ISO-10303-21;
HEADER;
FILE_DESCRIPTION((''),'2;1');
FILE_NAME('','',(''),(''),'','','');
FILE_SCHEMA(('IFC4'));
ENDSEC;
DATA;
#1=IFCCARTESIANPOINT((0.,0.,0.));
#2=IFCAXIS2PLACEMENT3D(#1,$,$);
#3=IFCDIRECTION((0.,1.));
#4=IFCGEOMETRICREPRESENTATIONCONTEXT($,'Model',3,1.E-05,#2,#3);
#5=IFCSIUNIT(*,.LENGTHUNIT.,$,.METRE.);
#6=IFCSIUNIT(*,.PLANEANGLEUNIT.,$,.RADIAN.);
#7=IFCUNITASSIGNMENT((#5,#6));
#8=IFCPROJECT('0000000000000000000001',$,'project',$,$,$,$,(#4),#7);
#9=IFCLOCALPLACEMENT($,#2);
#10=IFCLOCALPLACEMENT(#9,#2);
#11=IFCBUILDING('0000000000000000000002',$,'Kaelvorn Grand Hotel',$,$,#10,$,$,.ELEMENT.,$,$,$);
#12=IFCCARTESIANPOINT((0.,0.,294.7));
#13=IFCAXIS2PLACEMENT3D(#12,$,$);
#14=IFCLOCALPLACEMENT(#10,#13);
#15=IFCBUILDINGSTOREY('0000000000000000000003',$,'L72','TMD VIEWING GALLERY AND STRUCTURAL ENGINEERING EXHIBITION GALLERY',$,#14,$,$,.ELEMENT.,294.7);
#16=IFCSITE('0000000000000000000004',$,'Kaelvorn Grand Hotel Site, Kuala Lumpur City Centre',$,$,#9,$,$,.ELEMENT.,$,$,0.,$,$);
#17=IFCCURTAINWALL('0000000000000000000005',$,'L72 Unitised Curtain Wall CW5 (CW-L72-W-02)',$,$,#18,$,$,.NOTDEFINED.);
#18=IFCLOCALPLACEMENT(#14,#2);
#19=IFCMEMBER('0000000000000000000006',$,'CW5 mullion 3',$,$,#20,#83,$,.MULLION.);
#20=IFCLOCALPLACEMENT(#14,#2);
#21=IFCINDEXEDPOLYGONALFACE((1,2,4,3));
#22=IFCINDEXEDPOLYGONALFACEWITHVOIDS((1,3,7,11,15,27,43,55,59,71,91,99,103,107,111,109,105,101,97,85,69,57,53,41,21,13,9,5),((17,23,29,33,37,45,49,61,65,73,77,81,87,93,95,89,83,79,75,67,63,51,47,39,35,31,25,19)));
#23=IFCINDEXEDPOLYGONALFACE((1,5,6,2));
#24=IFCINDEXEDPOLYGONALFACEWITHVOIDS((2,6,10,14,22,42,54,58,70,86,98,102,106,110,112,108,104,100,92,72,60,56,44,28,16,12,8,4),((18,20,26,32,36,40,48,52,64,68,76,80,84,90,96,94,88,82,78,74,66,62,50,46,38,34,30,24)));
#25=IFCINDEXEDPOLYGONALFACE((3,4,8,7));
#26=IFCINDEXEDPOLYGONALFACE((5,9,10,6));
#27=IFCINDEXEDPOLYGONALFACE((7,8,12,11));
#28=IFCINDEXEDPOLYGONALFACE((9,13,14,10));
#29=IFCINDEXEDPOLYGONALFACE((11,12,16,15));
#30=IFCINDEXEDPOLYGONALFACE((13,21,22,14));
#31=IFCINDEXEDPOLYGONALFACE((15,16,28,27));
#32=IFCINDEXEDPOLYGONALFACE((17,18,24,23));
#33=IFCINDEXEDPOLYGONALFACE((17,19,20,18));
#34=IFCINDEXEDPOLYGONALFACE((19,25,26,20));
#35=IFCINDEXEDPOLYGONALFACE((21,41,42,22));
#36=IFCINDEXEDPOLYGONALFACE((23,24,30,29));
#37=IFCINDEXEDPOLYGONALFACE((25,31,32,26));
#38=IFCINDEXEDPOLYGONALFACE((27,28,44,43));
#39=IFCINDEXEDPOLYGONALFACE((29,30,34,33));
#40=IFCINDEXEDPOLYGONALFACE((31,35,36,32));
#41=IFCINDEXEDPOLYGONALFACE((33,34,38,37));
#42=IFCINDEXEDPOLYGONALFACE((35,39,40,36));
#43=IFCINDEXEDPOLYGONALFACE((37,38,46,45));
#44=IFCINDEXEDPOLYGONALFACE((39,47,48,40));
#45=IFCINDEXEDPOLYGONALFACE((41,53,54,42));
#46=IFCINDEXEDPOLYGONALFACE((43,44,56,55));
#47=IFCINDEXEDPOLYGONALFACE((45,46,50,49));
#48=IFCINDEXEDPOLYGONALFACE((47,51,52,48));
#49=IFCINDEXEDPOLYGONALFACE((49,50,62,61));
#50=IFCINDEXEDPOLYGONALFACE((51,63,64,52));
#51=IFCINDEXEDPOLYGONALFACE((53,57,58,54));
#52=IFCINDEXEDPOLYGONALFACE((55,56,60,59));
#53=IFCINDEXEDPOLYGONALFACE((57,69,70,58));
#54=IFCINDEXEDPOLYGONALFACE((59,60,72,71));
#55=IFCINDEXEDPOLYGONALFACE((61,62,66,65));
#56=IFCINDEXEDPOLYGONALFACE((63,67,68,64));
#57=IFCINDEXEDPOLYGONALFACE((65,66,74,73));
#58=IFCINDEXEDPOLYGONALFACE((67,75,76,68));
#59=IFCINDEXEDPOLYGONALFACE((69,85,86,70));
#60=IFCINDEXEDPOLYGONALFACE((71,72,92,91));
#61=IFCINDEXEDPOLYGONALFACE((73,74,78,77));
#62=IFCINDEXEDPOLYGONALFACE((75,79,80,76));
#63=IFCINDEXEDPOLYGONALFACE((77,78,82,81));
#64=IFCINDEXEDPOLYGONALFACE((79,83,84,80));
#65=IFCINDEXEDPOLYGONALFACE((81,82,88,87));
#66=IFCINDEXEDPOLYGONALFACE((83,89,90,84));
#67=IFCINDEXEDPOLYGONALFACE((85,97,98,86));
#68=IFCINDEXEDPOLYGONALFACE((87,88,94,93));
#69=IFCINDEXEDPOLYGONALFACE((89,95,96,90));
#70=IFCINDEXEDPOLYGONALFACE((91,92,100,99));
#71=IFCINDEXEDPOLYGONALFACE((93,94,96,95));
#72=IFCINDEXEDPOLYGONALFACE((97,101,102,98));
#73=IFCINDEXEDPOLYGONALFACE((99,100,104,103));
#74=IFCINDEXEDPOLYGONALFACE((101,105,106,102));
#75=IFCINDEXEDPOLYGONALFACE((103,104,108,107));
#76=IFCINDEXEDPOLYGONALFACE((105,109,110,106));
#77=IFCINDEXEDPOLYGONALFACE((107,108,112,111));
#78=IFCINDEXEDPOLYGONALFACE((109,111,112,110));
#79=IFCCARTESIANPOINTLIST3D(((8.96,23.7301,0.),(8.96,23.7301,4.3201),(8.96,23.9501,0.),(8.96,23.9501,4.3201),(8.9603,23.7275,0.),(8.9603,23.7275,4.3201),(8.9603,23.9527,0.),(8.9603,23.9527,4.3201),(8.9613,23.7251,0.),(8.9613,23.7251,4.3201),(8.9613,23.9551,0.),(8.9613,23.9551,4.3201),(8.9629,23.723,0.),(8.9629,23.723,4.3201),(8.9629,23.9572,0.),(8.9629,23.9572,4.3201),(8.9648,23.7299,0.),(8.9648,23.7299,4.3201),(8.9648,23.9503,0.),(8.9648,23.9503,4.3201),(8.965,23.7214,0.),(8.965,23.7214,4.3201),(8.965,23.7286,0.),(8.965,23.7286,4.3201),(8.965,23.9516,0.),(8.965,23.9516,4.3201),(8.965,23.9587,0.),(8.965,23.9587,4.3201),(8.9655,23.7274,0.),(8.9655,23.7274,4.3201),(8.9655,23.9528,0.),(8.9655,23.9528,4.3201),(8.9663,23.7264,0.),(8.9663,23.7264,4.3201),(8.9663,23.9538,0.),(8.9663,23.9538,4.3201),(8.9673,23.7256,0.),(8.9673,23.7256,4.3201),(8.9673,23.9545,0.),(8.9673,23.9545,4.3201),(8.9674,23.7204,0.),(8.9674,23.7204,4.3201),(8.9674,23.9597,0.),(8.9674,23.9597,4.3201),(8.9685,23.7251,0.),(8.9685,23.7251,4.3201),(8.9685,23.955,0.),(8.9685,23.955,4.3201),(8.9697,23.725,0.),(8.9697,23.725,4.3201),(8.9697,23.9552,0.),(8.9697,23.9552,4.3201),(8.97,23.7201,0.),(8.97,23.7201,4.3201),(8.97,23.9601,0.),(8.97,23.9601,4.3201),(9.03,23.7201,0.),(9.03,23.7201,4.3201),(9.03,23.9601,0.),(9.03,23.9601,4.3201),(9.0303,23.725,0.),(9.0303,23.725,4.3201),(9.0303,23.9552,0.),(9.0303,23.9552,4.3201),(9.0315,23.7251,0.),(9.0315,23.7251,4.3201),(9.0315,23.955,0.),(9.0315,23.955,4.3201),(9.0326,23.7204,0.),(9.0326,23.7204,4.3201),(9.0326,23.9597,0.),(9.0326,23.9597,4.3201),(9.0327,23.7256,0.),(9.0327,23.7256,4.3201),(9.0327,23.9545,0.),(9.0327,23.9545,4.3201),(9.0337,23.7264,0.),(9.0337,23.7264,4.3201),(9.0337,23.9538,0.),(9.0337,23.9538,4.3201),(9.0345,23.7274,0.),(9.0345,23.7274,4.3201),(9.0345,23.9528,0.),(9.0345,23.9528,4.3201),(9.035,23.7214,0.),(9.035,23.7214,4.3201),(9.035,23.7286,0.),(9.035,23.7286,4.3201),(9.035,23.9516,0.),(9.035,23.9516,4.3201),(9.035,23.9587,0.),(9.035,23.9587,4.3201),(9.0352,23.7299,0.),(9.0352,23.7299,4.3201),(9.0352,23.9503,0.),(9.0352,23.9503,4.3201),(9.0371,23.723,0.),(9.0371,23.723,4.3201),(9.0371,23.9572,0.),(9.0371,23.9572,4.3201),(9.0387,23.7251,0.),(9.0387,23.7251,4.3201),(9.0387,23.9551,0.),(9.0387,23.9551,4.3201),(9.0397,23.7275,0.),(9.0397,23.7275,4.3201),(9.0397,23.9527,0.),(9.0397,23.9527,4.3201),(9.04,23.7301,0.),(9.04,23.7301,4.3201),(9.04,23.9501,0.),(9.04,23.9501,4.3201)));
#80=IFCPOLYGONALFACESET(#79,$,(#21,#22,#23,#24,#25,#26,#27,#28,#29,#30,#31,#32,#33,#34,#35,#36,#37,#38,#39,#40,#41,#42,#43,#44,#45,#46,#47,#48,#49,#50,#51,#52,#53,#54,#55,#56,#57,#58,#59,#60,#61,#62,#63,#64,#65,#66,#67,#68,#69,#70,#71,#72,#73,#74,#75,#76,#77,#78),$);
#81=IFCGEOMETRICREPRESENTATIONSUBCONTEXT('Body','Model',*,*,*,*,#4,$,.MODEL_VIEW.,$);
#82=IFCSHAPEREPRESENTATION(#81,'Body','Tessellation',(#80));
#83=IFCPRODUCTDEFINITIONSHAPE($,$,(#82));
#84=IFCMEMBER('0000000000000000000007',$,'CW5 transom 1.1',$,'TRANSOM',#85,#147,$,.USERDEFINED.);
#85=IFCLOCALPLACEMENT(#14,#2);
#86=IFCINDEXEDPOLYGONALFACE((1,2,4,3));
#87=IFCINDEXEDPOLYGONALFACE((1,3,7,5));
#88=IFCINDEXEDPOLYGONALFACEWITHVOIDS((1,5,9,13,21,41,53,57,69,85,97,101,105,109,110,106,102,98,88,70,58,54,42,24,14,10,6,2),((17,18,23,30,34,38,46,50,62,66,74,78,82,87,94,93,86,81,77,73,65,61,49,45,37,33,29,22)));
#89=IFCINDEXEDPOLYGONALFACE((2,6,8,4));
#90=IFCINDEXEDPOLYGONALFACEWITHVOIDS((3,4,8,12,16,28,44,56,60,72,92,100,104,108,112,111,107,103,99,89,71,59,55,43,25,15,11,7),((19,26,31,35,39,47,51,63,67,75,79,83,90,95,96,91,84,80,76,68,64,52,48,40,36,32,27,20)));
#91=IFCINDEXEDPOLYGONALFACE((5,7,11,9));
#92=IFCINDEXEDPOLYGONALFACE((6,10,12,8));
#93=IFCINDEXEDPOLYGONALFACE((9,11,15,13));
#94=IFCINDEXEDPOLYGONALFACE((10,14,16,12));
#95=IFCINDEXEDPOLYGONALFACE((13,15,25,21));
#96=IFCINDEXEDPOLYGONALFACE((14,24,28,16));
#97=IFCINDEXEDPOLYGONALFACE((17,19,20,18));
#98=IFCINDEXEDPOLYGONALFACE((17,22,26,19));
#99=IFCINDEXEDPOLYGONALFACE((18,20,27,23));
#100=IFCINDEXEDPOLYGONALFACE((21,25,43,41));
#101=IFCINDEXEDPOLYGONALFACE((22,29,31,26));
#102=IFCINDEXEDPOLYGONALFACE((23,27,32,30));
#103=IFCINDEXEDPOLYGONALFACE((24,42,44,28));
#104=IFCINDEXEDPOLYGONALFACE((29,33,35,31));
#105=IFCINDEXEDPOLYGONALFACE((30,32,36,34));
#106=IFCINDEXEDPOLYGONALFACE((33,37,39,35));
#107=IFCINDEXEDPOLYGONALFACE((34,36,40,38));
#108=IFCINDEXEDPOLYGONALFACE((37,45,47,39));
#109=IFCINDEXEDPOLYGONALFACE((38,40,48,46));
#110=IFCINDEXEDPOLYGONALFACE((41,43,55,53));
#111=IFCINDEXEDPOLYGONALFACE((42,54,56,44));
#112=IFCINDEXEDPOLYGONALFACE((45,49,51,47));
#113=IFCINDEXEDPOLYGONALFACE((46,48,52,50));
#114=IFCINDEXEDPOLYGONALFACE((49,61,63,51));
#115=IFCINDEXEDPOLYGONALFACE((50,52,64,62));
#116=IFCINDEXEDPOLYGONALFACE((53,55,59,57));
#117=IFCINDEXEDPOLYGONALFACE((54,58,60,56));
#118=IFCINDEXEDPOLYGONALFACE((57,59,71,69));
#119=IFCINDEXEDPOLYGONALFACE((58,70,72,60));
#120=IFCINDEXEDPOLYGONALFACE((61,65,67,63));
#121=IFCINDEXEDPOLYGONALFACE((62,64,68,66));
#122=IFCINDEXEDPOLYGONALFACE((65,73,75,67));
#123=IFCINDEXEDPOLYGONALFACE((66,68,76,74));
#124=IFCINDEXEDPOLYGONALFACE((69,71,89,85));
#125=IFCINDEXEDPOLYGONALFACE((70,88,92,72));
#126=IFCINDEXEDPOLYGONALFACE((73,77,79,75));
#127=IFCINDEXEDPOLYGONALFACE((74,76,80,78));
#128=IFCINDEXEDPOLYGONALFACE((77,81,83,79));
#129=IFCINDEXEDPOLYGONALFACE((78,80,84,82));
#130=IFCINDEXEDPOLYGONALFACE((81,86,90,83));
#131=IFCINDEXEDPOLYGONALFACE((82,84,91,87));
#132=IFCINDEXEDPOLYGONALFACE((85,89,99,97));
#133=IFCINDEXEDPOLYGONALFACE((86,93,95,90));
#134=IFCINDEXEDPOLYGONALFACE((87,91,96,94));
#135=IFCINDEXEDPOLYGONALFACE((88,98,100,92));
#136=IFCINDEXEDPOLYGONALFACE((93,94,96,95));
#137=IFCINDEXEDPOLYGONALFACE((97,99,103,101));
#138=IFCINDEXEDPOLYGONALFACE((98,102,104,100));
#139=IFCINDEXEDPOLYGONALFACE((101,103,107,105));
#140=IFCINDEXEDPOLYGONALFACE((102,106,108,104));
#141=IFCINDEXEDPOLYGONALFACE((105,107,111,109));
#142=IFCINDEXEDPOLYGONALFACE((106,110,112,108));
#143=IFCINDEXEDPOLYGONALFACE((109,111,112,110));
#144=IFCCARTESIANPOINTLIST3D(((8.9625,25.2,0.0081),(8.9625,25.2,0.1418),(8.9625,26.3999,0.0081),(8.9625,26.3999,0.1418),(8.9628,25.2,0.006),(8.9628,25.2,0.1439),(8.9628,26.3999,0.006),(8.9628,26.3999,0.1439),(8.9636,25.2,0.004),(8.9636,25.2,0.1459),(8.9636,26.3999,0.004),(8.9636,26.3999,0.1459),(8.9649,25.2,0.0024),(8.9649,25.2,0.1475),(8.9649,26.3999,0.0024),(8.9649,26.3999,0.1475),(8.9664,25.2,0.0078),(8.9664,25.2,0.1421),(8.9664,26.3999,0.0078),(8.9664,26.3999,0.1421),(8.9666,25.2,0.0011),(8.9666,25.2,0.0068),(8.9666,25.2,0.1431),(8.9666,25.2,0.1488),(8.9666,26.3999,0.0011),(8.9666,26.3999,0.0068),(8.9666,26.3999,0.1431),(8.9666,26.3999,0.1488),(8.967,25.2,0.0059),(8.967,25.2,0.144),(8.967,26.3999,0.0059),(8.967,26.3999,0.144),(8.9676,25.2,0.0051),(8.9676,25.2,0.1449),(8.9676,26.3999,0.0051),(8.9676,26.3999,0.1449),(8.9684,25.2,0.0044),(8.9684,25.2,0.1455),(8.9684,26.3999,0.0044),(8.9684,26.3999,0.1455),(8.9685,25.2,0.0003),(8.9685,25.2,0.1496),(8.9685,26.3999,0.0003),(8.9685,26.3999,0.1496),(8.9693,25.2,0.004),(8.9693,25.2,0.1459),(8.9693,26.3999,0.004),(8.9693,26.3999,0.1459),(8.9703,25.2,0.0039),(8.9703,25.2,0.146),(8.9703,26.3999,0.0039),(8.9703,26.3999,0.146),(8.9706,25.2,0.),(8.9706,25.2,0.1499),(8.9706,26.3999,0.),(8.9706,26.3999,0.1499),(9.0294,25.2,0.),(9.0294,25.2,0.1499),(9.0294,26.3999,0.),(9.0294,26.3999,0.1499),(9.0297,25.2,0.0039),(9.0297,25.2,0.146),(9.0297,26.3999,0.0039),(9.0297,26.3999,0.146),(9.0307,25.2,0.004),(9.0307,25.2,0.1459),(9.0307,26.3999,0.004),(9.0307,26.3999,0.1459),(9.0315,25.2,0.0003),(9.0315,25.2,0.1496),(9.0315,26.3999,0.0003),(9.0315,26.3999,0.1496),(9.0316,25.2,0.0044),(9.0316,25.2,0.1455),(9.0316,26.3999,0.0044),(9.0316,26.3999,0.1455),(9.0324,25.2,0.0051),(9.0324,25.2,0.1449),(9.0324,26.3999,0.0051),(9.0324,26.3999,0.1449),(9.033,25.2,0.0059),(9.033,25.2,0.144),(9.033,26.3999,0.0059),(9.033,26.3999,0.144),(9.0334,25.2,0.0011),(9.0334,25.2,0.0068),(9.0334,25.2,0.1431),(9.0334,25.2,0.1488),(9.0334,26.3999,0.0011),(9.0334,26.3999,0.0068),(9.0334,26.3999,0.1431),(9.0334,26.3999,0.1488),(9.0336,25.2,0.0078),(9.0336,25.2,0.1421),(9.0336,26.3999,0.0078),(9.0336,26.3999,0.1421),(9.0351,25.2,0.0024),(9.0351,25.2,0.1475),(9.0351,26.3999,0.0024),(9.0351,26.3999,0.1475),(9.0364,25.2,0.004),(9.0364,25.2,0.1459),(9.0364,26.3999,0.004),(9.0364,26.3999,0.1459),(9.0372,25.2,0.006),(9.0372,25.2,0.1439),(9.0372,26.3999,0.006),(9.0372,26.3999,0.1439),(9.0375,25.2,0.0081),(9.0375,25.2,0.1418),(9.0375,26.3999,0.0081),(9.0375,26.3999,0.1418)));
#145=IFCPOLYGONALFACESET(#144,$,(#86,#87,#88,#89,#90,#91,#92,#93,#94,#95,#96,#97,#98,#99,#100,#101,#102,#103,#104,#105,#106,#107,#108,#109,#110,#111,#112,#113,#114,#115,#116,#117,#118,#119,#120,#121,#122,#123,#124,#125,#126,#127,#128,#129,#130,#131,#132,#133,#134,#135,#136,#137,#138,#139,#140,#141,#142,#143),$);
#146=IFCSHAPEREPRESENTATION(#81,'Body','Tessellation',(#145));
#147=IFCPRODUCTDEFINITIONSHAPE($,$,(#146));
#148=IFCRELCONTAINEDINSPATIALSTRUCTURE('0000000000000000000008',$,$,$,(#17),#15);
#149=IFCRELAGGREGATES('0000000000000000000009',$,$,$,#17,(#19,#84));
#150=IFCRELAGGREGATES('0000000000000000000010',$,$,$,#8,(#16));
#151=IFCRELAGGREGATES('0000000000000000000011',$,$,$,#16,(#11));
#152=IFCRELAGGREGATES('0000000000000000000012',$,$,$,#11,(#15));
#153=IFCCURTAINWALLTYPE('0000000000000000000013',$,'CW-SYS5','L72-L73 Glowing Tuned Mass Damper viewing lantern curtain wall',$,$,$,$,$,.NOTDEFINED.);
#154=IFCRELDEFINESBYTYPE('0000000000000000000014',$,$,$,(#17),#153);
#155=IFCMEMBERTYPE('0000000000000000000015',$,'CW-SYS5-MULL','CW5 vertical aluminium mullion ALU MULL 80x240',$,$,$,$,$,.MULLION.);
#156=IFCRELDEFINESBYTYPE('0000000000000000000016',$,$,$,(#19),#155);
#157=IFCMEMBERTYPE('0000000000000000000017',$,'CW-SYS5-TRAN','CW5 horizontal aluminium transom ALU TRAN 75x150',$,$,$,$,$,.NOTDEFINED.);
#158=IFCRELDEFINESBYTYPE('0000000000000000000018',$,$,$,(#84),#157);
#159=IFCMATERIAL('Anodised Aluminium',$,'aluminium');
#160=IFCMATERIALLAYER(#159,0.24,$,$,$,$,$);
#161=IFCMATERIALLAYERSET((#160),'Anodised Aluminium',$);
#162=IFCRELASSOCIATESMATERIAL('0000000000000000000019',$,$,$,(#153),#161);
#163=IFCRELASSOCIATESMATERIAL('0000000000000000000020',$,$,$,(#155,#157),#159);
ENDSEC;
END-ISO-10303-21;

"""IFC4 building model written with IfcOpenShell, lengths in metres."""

from ifc_helpers import new_model, si_unit, direction, frame, origin, origin_2d, place, context, subcontext, project, spatial, hollow_rectangle, extrude, material, layer, layer_set, material_profile, profile_set, type_object, element, aggregate, save


model = new_model("IFC4")

# Units and contexts
model_context = context("Model", 3, precision=1e-05, world=origin(), true_north=direction((0.0, 1.0)))
body_context = subcontext(model_context, "Body", "Model", "MODEL_VIEW")
ifc_project = project(units=[si_unit("LENGTHUNIT", "METRE"), si_unit("PLANEANGLEUNIT", "RADIAN")], contexts=[model_context])

# Site, building, storey
site_placement = place(None, origin())
site = spatial("IfcSite", under=ifc_project, at=site_placement, Name="Kaelvorn Grand Hotel Site, Kuala Lumpur City Centre", CompositionType="ELEMENT", RefElevation=0.0)
building_placement = place(site_placement, origin())
building = spatial("IfcBuilding", under=site, at=building_placement, Name="Kaelvorn Grand Hotel", CompositionType="ELEMENT")
storey_placement = place(building_placement, frame((0.0, 0.0, 294.7)))
storey = spatial("IfcBuildingStorey", under=building, at=storey_placement, Name="L72", Description="TMD VIEWING GALLERY AND STRUCTURAL ENGINEERING EXHIBITION GALLERY", CompositionType="ELEMENT", Elevation=294.7)

# Shared definitions
ifc_material_1 = material(Name="Anodised Aluminium", Category="aluminium")
ifc_layer_1 = layer(ifc_material_1, 0.24)
ifc_layer_set_1 = layer_set([ifc_layer_1], Name="Anodised Aluminium")
curtain_wall_type = type_object("IfcCurtainWallType", Name="CW-SYS5", Description="L72-L73 Glowing Tuned Mass Damper viewing lantern curtain wall", PredefinedType="NOTDEFINED", material=ifc_layer_set_1)
ifc_material_profile_1 = material_profile(ifc_material_1, hollow_rectangle(XDim=0.0801, YDim=0.24, WallThickness=0.0049, InnerFilletRadius=0.0049, OuterFilletRadius=0.01, at=origin_2d()), Name="ALU MULL 80x240")
ifc_profile_set_1 = profile_set([ifc_material_profile_1], Name="Anodised Aluminium")
member_type_1 = type_object("IfcMemberType", Name="CW-SYS5-MULL", Description="CW5 vertical aluminium mullion ALU MULL 80x240", PredefinedType="MULLION", material=ifc_profile_set_1)

# Curtain wall, members
curtain_wall_1_placement = place(storey_placement, origin())
curtain_wall_1 = element("IfcCurtainWall", 1, at=curtain_wall_1_placement, inside=storey, type_object=curtain_wall_type, Name="L72 Unitised Curtain Wall CW5 (CW-L72-W-02)", PredefinedType="NOTDEFINED")
member_1_placement = place(storey_placement, frame((9.0, 23.8401, 0.0), z_axis=(0.0, 0.0, 1.0), x_axis=(1.0, 0.0, 0.0)))
member_1 = element("IfcMember", 2, at=member_1_placement, type_object=member_type_1, Name="CW5 mullion 3", PredefinedType="MULLION", context=body_context, shape_type="SweptSolid", body=[
    extrude(hollow_rectangle(XDim=0.0801, YDim=0.24, WallThickness=0.0049, InnerFilletRadius=0.0049, OuterFilletRadius=0.01, at=origin_2d()), origin(), (0.0, 0.0, 1.0), 4.3201),
])
ifc_material_profile_2 = material_profile(ifc_material_1, hollow_rectangle(XDim=0.075, YDim=0.1499, WallThickness=0.0039, InnerFilletRadius=0.0039, OuterFilletRadius=0.0081, at=origin_2d()), Name="ALU TRAN 75x150")
ifc_profile_set_2 = profile_set([ifc_material_profile_2], Name="Anodised Aluminium")
member_type_2 = type_object("IfcMemberType", Name="CW-SYS5-TRAN", Description="CW5 horizontal aluminium transom ALU TRAN 75x150", PredefinedType="NOTDEFINED", material=ifc_profile_set_2)
member_2_placement = place(storey_placement, frame((9.0, 26.3999, 0.075), z_axis=(0.0, -1.0, 0.0), x_axis=(1.0, 0.0, 0.0)))
member_2 = element("IfcMember", 3, at=member_2_placement, type_object=member_type_2, Name="CW5 transom 1.1", ObjectType="TRANSOM", PredefinedType="USERDEFINED", context=body_context, shape_type="SweptSolid", body=[
    extrude(hollow_rectangle(XDim=0.075, YDim=0.1499, WallThickness=0.0039, InnerFilletRadius=0.0039, OuterFilletRadius=0.0081, at=origin_2d()), origin(), (0.0, 0.0, 1.0), 1.2),
])

aggregate(curtain_wall_1, [member_1, member_2])

save(model, "model.ifc")
